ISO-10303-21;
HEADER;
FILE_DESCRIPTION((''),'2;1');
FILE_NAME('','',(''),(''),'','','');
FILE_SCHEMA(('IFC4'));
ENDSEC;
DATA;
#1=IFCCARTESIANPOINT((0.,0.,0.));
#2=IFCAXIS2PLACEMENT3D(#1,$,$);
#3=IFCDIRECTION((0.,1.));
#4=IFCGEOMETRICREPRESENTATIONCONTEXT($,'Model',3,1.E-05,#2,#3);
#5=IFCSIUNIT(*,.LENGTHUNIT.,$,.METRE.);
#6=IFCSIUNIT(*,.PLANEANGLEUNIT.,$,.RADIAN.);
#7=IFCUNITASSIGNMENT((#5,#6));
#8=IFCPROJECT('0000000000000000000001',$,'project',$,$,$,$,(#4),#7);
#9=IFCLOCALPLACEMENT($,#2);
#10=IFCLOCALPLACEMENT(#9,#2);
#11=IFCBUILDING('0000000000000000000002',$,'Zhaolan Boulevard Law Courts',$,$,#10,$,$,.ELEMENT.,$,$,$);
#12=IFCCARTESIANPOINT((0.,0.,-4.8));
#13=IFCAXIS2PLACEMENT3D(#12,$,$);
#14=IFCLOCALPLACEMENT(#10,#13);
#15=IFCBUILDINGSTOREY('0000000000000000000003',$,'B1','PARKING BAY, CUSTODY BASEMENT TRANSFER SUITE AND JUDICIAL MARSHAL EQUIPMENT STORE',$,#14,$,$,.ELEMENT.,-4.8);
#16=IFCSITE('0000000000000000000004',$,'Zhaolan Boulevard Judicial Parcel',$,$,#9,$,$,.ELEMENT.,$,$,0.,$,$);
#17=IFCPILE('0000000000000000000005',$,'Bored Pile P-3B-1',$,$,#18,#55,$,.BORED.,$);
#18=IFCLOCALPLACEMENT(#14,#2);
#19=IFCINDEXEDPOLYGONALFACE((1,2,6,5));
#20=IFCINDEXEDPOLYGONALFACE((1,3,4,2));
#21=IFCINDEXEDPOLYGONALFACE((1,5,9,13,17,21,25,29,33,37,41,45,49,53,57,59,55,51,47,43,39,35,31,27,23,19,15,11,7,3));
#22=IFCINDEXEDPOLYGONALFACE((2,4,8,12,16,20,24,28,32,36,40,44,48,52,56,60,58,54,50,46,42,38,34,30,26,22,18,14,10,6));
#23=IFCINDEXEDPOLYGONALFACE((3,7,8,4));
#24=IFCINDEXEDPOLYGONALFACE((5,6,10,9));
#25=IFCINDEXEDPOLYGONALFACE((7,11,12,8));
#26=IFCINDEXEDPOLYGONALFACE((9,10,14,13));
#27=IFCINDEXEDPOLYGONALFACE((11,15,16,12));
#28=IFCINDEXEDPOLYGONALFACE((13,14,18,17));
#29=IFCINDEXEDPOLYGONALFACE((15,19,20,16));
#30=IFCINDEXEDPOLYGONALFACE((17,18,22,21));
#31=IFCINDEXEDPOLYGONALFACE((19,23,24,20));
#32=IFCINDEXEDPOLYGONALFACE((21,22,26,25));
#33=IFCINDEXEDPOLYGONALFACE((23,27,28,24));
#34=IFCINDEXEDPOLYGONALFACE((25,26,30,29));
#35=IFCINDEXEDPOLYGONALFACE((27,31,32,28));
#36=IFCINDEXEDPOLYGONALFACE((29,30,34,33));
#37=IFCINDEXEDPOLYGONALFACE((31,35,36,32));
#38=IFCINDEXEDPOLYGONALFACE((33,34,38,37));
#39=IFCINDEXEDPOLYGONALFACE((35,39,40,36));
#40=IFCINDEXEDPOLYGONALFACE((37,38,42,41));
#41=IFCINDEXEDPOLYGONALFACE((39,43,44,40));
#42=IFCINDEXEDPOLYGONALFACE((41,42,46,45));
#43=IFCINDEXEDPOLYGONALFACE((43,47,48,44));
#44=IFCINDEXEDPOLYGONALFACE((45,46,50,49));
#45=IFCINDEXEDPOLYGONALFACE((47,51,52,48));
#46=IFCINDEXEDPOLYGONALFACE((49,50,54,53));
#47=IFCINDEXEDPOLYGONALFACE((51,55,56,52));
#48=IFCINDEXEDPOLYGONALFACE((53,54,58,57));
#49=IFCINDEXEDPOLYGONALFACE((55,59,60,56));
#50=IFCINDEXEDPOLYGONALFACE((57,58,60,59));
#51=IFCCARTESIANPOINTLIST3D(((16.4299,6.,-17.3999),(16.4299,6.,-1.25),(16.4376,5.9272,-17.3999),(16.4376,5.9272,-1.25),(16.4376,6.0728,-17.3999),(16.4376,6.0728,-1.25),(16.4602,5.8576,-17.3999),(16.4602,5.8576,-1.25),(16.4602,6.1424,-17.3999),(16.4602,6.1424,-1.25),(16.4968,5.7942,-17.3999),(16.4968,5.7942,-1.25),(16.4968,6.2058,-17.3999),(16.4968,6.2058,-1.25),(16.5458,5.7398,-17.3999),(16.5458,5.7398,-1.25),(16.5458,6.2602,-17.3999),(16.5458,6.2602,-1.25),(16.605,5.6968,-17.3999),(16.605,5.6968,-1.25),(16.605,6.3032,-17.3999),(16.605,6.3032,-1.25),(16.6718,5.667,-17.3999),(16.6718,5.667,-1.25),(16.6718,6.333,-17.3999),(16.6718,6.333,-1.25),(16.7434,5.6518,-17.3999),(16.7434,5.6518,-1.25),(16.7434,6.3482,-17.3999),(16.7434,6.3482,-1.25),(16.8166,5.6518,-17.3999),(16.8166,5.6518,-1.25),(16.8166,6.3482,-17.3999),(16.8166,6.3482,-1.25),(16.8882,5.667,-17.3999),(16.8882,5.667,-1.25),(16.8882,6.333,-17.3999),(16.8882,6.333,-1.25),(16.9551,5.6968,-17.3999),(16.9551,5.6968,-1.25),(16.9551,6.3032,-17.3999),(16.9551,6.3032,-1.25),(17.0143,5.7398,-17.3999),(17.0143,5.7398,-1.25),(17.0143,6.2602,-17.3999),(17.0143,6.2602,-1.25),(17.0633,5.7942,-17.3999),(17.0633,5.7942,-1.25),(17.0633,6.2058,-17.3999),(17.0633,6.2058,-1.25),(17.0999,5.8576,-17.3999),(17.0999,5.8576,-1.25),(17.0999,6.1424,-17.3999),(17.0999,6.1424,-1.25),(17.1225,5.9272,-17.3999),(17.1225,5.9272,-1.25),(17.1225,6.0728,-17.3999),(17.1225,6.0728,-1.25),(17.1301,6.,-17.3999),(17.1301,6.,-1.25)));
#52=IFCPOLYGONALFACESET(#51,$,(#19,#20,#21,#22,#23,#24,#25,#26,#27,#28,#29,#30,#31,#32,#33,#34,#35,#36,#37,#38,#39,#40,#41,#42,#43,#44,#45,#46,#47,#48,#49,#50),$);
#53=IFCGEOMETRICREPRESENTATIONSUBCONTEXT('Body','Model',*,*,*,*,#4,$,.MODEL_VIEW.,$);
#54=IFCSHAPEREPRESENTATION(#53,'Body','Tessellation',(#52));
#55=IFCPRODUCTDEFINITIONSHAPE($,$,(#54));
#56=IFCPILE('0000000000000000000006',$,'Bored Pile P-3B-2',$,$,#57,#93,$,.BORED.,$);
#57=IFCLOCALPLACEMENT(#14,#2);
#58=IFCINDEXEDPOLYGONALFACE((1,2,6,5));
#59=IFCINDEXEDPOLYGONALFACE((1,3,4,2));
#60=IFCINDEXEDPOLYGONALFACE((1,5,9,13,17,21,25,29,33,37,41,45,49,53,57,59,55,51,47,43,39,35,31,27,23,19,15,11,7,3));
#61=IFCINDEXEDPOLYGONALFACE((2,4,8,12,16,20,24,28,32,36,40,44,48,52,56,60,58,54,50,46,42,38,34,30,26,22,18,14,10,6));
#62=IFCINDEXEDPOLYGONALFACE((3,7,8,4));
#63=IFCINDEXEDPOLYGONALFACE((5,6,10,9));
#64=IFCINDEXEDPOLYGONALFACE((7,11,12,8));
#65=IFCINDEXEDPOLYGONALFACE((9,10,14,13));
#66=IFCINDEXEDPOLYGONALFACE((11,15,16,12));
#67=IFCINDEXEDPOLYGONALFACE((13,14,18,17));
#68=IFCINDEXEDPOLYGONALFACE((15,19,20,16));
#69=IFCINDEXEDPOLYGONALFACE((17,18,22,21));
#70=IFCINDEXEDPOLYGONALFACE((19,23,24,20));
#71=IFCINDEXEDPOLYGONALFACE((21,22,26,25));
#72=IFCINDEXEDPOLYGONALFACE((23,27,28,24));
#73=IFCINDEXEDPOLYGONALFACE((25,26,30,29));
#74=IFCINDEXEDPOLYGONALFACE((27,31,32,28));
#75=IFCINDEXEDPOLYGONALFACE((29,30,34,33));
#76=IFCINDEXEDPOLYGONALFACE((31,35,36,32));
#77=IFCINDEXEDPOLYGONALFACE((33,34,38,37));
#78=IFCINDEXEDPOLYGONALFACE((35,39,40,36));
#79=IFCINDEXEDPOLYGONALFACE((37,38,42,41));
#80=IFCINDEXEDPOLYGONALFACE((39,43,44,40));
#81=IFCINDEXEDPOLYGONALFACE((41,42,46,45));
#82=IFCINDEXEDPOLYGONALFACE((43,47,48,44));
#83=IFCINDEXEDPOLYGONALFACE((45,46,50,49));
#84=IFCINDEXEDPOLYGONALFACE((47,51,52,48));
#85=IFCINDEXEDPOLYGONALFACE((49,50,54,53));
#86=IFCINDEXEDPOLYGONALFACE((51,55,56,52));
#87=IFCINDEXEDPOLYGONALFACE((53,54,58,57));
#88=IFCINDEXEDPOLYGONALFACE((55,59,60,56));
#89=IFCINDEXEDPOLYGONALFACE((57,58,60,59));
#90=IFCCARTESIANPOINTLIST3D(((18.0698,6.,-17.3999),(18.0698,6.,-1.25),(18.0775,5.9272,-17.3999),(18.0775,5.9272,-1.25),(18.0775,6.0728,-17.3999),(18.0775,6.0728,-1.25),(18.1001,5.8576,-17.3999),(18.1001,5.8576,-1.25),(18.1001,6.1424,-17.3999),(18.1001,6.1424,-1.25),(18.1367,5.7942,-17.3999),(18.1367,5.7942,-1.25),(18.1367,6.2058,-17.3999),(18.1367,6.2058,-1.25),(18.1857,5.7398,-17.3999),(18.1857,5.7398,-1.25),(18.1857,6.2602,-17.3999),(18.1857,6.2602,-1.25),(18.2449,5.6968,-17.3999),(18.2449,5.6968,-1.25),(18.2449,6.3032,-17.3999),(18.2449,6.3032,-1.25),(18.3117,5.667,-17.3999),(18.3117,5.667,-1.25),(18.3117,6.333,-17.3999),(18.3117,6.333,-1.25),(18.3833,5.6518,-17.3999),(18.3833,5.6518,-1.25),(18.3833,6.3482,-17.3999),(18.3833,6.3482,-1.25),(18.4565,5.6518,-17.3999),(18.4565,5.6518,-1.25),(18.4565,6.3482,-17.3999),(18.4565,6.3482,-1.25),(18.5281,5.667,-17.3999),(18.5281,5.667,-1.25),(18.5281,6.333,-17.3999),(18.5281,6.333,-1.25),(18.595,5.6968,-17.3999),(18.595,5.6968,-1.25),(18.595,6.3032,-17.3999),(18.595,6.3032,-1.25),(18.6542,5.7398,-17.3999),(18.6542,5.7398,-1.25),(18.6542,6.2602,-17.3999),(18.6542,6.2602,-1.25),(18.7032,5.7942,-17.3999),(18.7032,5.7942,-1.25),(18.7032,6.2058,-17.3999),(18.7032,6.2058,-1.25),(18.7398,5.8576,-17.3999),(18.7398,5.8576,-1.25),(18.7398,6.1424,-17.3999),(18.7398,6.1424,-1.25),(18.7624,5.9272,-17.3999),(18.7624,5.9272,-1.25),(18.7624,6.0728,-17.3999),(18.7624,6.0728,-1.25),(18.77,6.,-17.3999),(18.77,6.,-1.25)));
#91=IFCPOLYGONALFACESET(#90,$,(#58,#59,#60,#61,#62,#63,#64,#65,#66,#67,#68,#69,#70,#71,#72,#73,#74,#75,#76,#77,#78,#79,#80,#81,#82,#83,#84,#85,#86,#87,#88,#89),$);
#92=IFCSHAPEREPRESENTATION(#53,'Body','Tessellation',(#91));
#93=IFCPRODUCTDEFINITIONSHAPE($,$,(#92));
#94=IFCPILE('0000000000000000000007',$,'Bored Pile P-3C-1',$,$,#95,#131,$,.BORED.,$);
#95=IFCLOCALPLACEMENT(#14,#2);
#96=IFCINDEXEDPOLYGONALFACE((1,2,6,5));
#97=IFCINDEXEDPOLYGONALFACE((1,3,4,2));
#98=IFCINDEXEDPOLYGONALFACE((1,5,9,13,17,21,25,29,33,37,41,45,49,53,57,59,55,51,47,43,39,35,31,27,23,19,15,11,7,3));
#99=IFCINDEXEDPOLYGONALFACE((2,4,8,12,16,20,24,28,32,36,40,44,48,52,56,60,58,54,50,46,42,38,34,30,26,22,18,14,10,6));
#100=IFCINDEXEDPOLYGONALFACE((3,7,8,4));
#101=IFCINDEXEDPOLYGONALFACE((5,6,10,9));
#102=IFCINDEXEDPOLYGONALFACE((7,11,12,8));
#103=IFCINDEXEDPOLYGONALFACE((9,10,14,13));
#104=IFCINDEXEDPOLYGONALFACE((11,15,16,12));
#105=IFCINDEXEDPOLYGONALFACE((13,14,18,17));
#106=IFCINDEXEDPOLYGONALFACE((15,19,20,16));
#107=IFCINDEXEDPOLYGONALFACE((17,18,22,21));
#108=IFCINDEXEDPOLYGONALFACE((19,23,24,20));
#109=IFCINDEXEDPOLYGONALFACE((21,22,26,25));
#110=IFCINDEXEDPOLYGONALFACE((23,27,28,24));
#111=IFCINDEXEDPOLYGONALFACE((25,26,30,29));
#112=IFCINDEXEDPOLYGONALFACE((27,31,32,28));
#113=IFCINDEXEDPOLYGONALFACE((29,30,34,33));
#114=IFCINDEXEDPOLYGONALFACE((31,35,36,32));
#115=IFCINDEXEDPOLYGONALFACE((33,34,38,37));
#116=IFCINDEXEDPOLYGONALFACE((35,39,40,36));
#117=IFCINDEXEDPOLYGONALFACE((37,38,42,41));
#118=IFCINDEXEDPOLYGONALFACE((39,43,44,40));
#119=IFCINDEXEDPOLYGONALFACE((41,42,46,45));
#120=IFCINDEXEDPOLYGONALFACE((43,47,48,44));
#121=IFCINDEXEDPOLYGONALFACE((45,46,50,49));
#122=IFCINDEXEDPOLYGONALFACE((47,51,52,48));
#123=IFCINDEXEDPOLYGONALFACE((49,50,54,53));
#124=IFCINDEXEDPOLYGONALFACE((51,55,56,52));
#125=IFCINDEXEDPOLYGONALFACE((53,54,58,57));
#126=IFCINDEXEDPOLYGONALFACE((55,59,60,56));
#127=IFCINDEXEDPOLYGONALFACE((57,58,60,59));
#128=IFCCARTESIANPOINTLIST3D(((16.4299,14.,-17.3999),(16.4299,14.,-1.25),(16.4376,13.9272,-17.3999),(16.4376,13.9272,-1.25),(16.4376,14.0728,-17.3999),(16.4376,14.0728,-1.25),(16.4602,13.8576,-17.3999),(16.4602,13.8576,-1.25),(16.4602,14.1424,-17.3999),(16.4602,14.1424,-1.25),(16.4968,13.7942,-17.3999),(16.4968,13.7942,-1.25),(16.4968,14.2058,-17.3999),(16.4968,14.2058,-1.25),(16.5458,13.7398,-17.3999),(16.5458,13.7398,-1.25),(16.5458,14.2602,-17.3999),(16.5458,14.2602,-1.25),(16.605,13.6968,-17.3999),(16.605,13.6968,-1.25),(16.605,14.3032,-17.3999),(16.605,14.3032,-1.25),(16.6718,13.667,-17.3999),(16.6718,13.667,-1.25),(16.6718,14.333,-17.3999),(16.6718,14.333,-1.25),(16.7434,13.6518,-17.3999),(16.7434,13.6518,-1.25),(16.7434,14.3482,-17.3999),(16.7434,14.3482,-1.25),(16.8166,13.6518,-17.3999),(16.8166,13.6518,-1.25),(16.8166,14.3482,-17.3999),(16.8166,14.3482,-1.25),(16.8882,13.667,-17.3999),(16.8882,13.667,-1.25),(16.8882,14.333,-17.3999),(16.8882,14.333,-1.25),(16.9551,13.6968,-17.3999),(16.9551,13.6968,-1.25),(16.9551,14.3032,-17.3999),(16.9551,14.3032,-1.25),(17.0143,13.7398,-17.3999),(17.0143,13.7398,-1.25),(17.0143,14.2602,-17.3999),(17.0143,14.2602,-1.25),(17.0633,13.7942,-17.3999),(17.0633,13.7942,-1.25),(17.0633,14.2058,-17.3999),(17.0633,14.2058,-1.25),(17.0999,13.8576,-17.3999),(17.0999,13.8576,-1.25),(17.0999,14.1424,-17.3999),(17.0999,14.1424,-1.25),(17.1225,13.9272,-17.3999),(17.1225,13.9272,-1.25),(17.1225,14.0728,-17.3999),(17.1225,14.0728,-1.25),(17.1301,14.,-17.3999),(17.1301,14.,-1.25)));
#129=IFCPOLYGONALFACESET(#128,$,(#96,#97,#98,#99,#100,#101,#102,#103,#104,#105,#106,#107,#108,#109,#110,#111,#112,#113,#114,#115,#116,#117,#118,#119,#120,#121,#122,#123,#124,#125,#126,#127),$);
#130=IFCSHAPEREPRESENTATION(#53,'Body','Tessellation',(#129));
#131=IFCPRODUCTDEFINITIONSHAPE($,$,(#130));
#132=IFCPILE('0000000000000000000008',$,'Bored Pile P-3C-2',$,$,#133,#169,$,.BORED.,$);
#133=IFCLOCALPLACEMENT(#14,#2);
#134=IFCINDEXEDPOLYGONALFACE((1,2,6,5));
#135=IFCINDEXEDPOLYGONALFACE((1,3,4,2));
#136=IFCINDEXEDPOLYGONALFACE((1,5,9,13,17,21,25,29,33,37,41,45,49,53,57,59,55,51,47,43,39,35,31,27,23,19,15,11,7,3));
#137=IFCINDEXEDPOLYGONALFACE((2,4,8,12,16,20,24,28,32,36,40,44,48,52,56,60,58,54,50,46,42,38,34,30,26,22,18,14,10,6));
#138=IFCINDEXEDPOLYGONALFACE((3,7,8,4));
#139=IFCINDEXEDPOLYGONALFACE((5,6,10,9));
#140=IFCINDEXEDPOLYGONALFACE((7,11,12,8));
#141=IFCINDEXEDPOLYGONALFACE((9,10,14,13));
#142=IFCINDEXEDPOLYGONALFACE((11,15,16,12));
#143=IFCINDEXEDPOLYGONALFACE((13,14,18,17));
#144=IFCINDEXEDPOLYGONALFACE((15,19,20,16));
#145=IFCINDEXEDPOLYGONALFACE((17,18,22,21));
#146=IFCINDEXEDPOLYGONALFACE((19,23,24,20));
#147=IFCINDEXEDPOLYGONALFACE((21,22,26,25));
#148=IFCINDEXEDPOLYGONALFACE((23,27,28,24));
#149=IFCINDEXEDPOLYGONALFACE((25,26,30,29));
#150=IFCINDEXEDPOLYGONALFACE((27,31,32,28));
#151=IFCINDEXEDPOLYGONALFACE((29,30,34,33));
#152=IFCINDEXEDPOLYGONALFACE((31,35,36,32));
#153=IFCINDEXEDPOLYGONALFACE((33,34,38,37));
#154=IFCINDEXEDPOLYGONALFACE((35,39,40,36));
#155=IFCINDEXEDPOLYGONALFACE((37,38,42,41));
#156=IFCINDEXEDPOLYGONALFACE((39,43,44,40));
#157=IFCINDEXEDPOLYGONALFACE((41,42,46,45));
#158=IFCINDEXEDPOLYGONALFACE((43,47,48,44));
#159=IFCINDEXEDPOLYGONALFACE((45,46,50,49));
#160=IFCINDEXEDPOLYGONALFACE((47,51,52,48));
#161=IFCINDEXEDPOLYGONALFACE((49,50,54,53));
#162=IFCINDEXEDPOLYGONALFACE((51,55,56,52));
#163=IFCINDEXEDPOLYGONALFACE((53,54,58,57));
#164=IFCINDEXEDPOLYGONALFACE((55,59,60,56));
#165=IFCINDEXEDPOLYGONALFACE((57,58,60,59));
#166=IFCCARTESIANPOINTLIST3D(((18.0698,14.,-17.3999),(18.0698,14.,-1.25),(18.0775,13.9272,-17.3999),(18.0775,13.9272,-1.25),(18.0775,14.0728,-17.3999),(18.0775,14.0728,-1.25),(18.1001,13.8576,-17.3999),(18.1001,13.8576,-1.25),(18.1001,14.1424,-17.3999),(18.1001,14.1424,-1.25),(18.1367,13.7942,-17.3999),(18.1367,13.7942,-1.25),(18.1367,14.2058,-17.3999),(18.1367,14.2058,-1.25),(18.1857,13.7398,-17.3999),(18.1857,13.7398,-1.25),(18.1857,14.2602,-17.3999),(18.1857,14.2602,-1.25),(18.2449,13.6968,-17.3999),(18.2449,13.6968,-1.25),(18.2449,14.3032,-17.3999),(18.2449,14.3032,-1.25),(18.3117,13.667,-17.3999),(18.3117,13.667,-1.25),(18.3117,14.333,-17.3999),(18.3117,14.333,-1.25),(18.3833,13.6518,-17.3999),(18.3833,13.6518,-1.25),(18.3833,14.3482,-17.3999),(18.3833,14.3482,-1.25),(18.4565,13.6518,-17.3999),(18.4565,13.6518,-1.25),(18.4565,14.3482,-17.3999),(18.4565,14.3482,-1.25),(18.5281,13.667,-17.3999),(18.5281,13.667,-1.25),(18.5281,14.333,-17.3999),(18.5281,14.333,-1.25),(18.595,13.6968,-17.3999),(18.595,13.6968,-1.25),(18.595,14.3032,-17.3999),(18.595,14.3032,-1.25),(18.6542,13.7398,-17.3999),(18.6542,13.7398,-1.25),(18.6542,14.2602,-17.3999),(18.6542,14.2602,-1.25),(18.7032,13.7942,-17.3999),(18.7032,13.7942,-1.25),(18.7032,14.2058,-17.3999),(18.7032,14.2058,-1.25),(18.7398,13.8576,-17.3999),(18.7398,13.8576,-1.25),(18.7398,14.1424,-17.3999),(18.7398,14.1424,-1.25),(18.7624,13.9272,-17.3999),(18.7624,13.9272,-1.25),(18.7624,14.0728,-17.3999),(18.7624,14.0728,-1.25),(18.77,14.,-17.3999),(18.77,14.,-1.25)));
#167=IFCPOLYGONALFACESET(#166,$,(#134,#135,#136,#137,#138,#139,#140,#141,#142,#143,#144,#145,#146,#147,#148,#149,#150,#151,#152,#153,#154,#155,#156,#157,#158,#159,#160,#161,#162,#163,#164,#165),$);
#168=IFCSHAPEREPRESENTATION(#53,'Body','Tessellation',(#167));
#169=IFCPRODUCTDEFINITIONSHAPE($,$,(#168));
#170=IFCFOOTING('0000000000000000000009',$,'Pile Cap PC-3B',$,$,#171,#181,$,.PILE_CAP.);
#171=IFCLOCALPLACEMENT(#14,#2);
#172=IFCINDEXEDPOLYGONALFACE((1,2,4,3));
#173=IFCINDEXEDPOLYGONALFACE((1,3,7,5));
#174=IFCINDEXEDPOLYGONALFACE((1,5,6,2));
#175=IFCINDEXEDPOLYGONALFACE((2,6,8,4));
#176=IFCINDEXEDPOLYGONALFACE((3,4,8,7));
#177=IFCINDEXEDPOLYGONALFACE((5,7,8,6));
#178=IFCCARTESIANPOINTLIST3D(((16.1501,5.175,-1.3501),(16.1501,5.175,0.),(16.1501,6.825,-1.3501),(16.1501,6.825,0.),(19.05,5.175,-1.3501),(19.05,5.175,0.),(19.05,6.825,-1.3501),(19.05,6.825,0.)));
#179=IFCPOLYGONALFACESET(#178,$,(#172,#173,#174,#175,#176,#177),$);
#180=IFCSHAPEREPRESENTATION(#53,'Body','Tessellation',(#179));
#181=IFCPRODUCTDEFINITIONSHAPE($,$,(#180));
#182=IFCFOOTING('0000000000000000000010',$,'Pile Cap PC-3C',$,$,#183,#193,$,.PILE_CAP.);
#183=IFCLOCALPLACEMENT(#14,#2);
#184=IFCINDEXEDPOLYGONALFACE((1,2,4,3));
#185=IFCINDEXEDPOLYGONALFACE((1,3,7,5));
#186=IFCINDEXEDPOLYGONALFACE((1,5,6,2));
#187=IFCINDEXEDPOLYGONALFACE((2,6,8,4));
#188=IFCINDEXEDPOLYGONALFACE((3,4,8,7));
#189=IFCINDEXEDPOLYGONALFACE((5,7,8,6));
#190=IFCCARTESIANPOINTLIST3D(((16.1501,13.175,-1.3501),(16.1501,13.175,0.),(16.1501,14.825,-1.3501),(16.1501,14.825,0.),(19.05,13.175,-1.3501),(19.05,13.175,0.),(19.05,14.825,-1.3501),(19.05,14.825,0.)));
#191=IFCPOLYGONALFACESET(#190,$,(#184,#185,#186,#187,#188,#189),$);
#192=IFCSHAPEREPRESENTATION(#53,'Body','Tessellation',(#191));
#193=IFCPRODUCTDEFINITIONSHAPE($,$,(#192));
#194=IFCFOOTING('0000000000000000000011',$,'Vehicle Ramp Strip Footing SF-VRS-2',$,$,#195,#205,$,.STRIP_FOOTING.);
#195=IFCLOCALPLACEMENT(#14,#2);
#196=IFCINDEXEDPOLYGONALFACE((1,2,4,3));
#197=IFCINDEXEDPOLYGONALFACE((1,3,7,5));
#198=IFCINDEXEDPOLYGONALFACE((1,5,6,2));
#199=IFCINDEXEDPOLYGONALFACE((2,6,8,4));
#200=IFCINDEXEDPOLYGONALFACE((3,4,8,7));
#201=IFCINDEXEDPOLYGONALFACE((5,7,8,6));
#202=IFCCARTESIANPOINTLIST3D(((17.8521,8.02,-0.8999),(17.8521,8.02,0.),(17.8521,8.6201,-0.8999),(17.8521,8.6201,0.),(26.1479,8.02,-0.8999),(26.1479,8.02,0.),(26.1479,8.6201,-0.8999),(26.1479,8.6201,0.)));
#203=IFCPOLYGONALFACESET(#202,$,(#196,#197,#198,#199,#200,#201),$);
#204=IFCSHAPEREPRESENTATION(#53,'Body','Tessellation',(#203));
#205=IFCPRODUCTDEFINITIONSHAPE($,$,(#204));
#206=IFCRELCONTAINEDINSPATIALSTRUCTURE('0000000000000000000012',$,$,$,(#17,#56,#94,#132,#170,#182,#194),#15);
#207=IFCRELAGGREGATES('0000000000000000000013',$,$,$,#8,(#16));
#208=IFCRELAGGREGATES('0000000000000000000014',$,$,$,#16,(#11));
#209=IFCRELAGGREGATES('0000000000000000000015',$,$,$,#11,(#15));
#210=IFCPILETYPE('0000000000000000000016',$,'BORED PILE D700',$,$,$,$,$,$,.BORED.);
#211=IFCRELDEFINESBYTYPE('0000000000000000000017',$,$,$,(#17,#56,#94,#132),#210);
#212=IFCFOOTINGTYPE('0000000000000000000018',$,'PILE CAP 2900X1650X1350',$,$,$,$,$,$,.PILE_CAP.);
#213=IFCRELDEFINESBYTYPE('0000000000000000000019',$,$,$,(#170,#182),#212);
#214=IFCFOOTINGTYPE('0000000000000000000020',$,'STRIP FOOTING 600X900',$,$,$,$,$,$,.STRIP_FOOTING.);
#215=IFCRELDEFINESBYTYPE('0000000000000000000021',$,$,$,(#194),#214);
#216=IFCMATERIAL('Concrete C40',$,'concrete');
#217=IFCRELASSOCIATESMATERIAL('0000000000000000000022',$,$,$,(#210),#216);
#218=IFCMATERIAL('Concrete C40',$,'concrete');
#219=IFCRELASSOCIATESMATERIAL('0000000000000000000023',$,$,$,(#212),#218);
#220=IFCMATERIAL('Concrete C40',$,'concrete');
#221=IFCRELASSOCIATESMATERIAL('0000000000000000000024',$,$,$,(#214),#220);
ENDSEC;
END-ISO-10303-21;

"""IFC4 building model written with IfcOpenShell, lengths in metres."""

from ifc_helpers import new_model, si_unit, direction, frame, origin, origin_2d, place, context, subcontext, project, spatial, rectangle, circle, extrude, material, material_profile, profile_set, type_object, element, save


model = new_model("IFC4")

# Units and contexts
model_context = context("Model", 3, precision=1e-05, world=origin(), true_north=direction((0.0, 1.0)))
body_context = subcontext(model_context, "Body", "Model", "MODEL_VIEW")
ifc_project = project(units=[si_unit("LENGTHUNIT", "METRE"), si_unit("PLANEANGLEUNIT", "RADIAN")], contexts=[model_context])

# Site, building, storey
site_placement = place(None, origin())
site = spatial("IfcSite", under=ifc_project, at=site_placement, Name="Zhaolan Boulevard Judicial Parcel", CompositionType="ELEMENT", RefElevation=0.0)
building_placement = place(site_placement, origin())
building = spatial("IfcBuilding", under=site, at=building_placement, Name="Zhaolan Boulevard Law Courts", CompositionType="ELEMENT")
storey_placement = place(building_placement, frame((0.0, 0.0, -4.8)))
storey = spatial("IfcBuildingStorey", under=building, at=storey_placement, Name="B1", Description="PARKING BAY, CUSTODY BASEMENT TRANSFER SUITE AND JUDICIAL MARSHAL EQUIPMENT STORE", CompositionType="ELEMENT", Elevation=-4.8)

# Piles
ifc_material_1 = material(Name="Concrete C40", Category="concrete")
ifc_material_profile_1 = material_profile(ifc_material_1, circle(Radius=0.3501, at=origin_2d()), Name="PILE-D700")
ifc_profile_set_1 = profile_set([ifc_material_profile_1], Name="Concrete C40")
pile_type = type_object("IfcPileType", Name="BORED PILE D700", PredefinedType="BORED", material=ifc_profile_set_1)
for number, where, z_axis, x_axis, name in (
    (1, (16.78, 6.0, -1.25), (0.0, 0.0, -1.0), (1.0, 0.0, 0.0), "Bored Pile P-3B-1"),
    (2, (18.4199, 6.0, -1.25), (0.0, 0.0, -1.0), (1.0, 0.0, 0.0), "Bored Pile P-3B-2"),
    (3, (16.78, 14.0, -1.25), (0.0, 0.0, -1.0), (1.0, 0.0, 0.0), "Bored Pile P-3C-1"),
    (4, (18.4199, 14.0, -1.25), (0.0, 0.0, -1.0), (1.0, 0.0, 0.0), "Bored Pile P-3C-2"),
):
    element("IfcPile", number, at=place(storey_placement, frame(where, z_axis=z_axis, x_axis=x_axis)), inside=storey, type_object=pile_type, Name=name, PredefinedType="BORED", context=body_context, shape_type="SweptSolid", body=[
        extrude(circle(Radius=0.3501, at=origin_2d()), origin(), (0.0, 0.0, 1.0), 16.1499),
    ])

# Footings
ifc_material_2 = material(Name="Concrete C40", Category="concrete")
footing_type_1 = type_object("IfcFootingType", Name="PILE CAP 2900X1650X1350", PredefinedType="PILE_CAP", material=ifc_material_2)
for number, where, z_axis, x_axis, name in (
    (5, (17.6001, 6.0, -1.3501), (0.0, 0.0, 1.0), (1.0, 0.0, 0.0), "Pile Cap PC-3B"),
    (6, (17.6001, 14.0, -1.3501), (0.0, 0.0, 1.0), (1.0, 0.0, 0.0), "Pile Cap PC-3C"),
):
    element("IfcFooting", number, at=place(storey_placement, frame(where, z_axis=z_axis, x_axis=x_axis)), inside=storey, type_object=footing_type_1, Name=name, PredefinedType="PILE_CAP", context=body_context, shape_type="SweptSolid", body=[
        extrude(rectangle(XDim=2.8999, YDim=1.6499, at=origin_2d()), origin(), (0.0, 0.0, 1.0), 1.3501),
    ])
ifc_material_3 = material(Name="Concrete C40", Category="concrete")
ifc_material_profile_2 = material_profile(ifc_material_3, rectangle(XDim=0.6001, YDim=0.8999, at=origin_2d()), Name="RC600x900")
ifc_profile_set_2 = profile_set([ifc_material_profile_2], Name="Concrete C40")
footing_type_2 = type_object("IfcFootingType", Name="STRIP FOOTING 600X900", PredefinedType="STRIP_FOOTING", material=ifc_profile_set_2)
footing_1_placement = place(storey_placement, frame((17.8521, 8.3201, -0.45), z_axis=(1.0, 0.0, 0.0), x_axis=(0.0, 1.0, 0.0)))
element("IfcFooting", 7, at=footing_1_placement, inside=storey, type_object=footing_type_2, Name="Vehicle Ramp Strip Footing SF-VRS-2", PredefinedType="STRIP_FOOTING", context=body_context, shape_type="SweptSolid", body=[
    extrude(rectangle(XDim=0.6001, YDim=0.8999, at=origin_2d()), origin(), (0.0, 0.0, 1.0), 8.2959),
])

save(model, "model.ifc")
